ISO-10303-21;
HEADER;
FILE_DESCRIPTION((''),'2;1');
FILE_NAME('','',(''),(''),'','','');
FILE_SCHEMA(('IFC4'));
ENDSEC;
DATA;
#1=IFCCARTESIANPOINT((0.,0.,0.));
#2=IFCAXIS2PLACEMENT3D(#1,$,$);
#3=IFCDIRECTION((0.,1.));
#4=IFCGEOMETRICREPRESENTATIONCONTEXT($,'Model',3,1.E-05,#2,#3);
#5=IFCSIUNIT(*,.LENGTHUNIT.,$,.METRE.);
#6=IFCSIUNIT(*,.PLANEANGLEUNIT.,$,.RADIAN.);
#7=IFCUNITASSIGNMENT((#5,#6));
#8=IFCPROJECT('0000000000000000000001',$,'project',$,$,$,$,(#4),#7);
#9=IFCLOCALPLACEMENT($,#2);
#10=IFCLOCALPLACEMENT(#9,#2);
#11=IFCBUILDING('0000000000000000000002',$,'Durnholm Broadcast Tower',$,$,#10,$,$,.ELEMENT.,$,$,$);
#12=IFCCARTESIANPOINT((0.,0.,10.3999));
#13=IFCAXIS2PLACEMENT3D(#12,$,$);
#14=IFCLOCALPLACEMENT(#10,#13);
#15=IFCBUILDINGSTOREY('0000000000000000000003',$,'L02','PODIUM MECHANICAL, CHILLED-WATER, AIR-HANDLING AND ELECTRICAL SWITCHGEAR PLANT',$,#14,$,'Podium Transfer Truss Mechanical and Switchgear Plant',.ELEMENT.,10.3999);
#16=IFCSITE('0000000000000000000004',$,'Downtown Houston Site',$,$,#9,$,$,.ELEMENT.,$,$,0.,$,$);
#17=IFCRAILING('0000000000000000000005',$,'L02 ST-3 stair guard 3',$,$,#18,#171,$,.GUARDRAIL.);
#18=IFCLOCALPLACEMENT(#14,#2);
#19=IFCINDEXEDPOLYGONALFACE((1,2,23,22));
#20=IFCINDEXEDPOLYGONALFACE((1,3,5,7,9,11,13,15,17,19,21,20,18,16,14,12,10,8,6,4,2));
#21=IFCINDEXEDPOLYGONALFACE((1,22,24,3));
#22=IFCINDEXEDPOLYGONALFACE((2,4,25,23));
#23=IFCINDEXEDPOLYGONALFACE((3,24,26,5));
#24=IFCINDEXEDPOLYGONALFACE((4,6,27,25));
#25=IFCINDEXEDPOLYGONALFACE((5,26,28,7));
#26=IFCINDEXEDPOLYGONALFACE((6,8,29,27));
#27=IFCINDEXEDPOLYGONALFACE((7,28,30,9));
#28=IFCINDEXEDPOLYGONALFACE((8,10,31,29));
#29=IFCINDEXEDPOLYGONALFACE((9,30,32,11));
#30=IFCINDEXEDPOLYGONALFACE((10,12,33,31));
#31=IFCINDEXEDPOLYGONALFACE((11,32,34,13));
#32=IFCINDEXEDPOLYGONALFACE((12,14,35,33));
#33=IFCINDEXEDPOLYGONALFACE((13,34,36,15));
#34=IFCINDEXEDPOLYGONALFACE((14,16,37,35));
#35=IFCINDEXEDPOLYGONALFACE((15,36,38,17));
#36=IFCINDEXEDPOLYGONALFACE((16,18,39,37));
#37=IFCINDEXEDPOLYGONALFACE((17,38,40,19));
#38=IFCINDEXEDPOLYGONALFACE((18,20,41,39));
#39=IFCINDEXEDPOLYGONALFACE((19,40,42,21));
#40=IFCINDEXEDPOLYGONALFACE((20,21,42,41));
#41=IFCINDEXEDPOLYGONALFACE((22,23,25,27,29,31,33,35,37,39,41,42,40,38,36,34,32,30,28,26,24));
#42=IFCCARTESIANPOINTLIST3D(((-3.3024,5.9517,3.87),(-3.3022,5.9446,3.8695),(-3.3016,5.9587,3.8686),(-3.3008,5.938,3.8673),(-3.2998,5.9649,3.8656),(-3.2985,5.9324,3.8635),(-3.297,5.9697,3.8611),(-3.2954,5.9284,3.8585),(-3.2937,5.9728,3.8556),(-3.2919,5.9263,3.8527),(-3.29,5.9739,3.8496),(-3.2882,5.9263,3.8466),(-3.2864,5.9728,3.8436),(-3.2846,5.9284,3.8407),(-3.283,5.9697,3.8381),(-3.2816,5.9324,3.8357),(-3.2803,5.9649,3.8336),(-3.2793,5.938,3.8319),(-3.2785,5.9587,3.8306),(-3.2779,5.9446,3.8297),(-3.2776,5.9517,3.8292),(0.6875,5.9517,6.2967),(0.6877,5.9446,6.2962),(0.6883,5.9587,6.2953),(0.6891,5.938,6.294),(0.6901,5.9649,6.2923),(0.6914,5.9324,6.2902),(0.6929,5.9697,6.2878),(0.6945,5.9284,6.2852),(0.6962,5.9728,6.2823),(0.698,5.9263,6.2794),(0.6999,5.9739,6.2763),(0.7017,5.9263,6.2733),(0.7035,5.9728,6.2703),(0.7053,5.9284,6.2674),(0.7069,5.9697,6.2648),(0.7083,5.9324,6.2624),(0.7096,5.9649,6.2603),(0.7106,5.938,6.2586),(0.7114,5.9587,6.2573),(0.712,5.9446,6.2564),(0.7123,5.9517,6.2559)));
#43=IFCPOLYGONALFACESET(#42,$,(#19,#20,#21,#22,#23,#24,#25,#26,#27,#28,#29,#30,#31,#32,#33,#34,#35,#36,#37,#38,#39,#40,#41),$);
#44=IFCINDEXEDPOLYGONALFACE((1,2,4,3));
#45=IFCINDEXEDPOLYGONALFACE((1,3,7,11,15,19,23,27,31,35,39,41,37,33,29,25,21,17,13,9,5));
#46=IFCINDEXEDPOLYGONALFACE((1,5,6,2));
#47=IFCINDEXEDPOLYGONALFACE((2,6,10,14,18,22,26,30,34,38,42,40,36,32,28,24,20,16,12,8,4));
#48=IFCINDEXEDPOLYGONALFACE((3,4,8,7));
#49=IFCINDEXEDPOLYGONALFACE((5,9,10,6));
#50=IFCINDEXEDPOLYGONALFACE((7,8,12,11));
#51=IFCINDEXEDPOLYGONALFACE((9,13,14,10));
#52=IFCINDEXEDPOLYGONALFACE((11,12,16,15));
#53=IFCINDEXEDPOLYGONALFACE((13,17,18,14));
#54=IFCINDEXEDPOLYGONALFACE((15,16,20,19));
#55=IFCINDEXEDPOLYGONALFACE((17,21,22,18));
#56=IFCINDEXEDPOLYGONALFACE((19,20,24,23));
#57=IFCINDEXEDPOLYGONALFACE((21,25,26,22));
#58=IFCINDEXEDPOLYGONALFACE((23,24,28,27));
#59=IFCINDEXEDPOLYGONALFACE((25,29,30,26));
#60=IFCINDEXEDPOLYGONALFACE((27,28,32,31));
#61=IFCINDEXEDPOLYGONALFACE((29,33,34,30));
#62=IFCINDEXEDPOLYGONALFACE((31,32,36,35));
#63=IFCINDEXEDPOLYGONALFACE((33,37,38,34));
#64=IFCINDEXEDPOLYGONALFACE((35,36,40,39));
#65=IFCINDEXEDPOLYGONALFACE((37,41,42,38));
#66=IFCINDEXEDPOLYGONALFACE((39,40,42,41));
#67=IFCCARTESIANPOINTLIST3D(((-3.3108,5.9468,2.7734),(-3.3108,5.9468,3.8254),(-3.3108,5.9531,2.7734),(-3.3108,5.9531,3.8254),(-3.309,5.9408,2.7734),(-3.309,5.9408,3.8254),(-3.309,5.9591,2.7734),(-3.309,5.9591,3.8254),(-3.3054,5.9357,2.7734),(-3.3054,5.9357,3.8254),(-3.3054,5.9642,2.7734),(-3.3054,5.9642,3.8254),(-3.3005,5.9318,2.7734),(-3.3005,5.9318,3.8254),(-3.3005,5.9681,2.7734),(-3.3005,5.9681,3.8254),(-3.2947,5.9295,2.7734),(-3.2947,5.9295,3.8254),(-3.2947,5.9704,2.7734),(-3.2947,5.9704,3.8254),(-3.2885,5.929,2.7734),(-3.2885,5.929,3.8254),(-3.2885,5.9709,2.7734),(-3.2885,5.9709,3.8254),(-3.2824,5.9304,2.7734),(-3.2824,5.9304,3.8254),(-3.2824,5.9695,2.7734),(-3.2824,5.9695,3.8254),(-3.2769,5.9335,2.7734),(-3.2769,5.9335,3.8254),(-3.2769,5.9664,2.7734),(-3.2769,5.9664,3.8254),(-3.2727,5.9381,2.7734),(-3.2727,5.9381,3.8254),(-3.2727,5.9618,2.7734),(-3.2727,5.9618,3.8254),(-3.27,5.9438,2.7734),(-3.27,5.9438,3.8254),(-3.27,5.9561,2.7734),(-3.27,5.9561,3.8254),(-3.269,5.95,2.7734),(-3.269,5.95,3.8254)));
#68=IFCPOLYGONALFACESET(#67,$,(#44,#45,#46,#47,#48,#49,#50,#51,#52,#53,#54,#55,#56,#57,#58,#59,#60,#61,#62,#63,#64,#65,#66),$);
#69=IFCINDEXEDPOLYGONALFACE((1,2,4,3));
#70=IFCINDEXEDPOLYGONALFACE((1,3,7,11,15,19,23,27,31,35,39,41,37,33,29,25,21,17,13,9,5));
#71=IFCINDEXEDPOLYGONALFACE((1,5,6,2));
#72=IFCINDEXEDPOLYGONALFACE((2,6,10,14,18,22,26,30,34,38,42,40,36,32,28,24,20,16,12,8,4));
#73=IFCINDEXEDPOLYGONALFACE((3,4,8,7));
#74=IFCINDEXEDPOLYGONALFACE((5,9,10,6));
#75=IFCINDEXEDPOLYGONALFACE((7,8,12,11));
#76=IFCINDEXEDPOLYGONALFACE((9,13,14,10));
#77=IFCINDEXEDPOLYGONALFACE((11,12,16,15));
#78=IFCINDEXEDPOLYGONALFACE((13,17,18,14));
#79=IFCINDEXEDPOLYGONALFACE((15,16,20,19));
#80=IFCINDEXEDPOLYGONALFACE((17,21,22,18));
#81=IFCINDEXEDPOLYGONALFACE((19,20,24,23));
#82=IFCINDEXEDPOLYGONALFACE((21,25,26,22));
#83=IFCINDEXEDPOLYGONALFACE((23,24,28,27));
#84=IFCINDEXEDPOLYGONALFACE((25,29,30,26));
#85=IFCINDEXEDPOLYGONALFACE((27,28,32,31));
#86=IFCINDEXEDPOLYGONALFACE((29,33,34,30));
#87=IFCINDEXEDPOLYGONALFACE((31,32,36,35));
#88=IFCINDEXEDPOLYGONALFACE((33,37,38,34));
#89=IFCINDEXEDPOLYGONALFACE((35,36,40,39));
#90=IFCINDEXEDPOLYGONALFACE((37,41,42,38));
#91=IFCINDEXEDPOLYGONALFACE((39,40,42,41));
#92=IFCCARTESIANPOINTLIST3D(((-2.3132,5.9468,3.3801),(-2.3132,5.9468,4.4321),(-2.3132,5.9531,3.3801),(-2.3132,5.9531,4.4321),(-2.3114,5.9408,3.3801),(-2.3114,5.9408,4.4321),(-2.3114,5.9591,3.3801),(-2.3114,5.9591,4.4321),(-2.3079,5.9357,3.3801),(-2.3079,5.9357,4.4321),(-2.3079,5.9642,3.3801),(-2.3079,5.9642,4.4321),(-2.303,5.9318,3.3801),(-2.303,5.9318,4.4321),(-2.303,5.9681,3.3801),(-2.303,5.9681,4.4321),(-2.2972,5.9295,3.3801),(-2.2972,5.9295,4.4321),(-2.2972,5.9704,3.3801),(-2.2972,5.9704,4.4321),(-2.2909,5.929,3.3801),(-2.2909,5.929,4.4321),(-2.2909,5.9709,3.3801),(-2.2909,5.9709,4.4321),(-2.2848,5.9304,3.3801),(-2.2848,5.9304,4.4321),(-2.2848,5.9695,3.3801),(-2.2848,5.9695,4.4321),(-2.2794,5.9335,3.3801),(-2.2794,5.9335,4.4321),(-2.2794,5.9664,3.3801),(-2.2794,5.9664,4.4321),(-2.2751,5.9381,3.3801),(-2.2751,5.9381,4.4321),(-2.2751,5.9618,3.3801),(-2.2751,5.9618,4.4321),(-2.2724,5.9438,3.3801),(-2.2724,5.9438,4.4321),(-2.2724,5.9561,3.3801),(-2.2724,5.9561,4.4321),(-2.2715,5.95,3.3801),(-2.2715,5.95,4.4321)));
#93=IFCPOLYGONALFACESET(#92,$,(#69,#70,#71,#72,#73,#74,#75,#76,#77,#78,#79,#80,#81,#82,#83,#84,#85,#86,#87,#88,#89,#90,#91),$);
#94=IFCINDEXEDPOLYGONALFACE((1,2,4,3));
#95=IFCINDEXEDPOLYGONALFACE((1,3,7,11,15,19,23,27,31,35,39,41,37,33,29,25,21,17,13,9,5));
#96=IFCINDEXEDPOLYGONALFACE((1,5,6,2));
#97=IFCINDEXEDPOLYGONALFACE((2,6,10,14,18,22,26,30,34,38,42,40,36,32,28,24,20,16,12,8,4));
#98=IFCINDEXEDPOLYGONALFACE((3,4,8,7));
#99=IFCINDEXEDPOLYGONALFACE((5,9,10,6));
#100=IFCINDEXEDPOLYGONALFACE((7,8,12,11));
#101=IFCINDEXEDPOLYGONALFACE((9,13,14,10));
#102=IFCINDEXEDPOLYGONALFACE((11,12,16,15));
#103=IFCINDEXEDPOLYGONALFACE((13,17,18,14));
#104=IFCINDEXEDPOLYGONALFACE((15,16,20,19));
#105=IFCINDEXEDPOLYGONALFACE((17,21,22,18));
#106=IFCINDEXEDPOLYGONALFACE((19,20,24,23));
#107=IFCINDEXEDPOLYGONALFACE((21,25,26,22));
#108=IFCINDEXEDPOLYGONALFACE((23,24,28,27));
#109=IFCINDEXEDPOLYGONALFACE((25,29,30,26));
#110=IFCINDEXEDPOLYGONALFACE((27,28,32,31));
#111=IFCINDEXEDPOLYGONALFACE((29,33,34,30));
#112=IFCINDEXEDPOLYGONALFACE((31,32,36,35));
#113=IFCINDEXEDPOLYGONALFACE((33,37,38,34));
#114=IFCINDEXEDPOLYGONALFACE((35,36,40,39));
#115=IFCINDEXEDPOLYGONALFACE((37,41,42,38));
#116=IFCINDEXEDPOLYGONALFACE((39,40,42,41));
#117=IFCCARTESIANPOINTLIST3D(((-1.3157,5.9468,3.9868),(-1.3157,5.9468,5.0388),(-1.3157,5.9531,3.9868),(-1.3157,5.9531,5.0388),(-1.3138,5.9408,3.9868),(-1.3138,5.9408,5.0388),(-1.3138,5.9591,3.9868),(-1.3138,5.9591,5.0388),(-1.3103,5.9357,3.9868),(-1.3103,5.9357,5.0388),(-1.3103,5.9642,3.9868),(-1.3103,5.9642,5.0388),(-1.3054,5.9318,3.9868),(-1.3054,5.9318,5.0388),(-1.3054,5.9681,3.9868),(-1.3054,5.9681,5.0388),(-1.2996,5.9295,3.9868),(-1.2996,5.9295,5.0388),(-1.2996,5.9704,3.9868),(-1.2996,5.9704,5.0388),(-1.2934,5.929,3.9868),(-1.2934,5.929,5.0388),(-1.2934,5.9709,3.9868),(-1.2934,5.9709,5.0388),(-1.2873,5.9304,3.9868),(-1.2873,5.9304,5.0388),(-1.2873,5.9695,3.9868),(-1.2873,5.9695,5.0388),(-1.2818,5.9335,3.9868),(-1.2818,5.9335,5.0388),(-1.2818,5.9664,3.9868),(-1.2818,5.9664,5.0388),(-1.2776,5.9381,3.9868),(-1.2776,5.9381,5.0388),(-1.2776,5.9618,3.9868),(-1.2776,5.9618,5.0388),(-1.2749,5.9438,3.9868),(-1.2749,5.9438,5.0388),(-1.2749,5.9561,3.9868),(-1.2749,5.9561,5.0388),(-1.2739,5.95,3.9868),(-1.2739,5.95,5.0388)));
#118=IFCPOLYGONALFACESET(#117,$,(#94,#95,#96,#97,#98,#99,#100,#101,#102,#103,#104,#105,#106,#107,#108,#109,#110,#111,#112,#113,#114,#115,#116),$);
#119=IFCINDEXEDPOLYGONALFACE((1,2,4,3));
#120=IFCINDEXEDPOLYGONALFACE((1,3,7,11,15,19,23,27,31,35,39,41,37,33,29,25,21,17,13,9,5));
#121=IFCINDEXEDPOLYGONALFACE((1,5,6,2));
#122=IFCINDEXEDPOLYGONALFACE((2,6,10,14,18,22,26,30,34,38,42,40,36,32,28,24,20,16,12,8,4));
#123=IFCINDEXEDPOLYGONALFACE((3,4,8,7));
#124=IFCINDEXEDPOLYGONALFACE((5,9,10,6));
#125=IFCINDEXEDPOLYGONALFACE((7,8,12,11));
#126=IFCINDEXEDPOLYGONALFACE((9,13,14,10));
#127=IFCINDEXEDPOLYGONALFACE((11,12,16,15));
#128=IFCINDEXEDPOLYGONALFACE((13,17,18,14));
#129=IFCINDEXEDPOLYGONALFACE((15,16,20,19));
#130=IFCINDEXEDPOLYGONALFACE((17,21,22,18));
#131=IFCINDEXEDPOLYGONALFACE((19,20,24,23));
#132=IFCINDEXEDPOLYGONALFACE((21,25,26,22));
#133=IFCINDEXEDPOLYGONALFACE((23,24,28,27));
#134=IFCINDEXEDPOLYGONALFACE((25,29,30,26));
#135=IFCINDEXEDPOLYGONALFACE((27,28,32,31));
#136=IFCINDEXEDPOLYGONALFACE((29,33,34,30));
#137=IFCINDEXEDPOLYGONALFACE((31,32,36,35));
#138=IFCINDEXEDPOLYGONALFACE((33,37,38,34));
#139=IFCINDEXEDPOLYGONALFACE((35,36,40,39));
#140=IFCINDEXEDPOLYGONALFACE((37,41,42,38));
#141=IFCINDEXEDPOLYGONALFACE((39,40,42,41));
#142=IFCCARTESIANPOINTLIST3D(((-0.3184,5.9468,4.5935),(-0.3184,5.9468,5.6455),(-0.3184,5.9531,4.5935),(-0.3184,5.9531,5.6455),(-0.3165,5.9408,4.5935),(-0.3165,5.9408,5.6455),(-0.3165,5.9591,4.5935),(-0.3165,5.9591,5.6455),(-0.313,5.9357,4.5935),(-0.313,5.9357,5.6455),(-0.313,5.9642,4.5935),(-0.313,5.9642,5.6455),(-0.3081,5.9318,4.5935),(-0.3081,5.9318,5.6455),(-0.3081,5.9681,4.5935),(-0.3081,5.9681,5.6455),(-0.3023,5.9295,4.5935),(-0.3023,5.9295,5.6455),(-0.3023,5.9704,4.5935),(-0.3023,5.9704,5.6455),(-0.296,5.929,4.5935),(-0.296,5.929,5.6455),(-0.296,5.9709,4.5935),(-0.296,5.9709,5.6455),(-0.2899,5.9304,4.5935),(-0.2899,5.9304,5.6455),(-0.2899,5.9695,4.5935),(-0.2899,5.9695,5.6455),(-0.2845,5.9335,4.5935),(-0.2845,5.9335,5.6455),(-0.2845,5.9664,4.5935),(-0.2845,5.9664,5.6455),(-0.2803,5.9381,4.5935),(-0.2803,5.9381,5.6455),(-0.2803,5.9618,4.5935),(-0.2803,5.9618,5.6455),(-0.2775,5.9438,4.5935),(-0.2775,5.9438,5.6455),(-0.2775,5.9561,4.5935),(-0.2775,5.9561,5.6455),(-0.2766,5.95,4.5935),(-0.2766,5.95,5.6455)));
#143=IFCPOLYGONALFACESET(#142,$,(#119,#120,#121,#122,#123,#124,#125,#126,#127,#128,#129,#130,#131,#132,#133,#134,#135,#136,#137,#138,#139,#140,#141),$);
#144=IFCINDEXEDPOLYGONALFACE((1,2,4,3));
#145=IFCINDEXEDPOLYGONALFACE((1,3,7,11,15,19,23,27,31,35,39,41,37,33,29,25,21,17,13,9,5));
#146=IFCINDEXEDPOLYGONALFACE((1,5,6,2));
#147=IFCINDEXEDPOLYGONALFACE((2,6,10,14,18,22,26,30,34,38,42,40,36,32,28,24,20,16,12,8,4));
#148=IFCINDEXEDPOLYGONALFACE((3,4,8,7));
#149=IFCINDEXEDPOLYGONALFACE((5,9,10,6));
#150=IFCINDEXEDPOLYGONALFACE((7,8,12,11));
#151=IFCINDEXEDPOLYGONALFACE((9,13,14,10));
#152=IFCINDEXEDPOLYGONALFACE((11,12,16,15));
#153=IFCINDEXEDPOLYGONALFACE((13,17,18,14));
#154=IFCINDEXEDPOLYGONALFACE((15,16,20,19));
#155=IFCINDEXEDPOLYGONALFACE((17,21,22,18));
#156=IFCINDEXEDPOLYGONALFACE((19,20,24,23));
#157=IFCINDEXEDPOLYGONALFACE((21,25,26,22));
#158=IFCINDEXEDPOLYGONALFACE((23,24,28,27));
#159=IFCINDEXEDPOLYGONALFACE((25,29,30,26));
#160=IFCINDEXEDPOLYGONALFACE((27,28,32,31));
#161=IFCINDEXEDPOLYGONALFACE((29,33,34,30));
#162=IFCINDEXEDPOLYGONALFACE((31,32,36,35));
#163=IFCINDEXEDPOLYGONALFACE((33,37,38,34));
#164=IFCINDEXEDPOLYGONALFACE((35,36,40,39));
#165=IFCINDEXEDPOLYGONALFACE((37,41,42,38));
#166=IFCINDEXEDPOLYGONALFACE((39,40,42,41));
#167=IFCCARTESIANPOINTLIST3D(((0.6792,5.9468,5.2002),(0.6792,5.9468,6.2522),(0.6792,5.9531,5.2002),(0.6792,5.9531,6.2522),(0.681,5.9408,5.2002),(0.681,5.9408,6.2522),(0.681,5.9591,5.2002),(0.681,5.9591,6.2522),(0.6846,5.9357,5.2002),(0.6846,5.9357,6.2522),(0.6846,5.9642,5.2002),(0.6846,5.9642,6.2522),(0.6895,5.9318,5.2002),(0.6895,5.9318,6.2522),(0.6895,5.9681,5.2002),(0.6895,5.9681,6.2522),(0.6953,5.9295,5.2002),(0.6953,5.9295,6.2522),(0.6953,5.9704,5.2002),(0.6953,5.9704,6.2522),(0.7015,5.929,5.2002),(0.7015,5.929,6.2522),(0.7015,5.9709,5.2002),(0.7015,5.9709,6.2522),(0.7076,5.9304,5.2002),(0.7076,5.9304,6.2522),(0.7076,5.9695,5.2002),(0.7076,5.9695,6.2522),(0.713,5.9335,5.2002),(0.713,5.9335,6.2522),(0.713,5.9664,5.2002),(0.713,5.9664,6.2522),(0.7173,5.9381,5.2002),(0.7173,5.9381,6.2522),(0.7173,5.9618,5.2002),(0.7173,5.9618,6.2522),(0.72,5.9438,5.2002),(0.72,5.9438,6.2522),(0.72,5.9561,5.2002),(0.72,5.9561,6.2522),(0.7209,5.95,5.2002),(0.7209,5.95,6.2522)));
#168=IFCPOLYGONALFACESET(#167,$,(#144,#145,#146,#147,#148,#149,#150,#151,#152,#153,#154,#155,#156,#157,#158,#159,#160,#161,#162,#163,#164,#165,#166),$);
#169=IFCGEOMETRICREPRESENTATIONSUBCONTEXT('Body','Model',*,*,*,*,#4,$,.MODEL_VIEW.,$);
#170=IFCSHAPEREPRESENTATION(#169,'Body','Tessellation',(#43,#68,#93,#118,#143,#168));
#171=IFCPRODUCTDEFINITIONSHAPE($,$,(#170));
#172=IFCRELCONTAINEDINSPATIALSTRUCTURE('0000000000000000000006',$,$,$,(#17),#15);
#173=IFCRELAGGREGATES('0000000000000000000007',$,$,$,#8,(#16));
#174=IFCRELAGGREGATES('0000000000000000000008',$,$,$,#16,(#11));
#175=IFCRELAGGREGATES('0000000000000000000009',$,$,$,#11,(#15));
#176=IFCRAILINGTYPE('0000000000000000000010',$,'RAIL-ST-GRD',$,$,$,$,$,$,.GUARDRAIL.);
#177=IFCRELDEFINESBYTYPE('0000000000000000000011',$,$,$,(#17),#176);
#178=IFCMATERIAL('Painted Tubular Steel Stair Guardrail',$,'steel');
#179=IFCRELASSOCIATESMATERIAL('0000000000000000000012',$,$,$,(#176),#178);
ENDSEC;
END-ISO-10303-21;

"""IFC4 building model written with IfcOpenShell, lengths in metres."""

from ifc_helpers import new_model, si_unit, direction, frame, origin, origin_2d, place, context, subcontext, project, spatial, circle, extrude, material, type_object, element, save


model = new_model("IFC4")

# Units and contexts
model_context = context("Model", 3, precision=1e-05, world=origin(), true_north=direction((0.0, 1.0)))
body_context = subcontext(model_context, "Body", "Model", "MODEL_VIEW")
ifc_project = project(units=[si_unit("LENGTHUNIT", "METRE"), si_unit("PLANEANGLEUNIT", "RADIAN")], contexts=[model_context])

# Site, building, storey
site_placement = place(None, origin())
site = spatial("IfcSite", under=ifc_project, at=site_placement, Name="Downtown Houston Site", CompositionType="ELEMENT", RefElevation=0.0)
building_placement = place(site_placement, origin())
building = spatial("IfcBuilding", under=site, at=building_placement, Name="Durnholm Broadcast Tower", CompositionType="ELEMENT")
storey_placement = place(building_placement, frame((0.0, 0.0, 10.3999)))
storey = spatial("IfcBuildingStorey", under=building, at=storey_placement, Name="L02", Description="PODIUM MECHANICAL, CHILLED-WATER, AIR-HANDLING AND ELECTRICAL SWITCHGEAR PLANT", LongName="Podium Transfer Truss Mechanical and Switchgear Plant", CompositionType="ELEMENT", Elevation=10.3999)

# Railing
ifc_material_1 = material(Name="Painted Tubular Steel Stair Guardrail", Category="steel")
railing_type_1 = type_object("IfcRailingType", Name="RAIL-ST-GRD", PredefinedType="GUARDRAIL", material=ifc_material_1)
railing_1_placement = place(storey_placement, frame((-3.29, 5.95, 2.7734)))
element("IfcRailing", 1, at=railing_1_placement, inside=storey, type_object=railing_type_1, Name="L02 ST-3 stair guard 3", PredefinedType="GUARDRAIL", context=body_context, shape_type="SweptSolid", body=[
    extrude(circle(Radius=0.0239, at=origin_2d()), frame((0.0, 0.0, 1.0762), z_axis=(0.854382, 0.0, 0.519645), x_axis=(0.0, 1.0, 0.0)), (0.0, 0.0, 1.0), 4.6699),
    extrude(circle(Radius=0.021, at=origin_2d()), origin(), (0.0, 0.0, 1.0), 1.052),
    extrude(circle(Radius=0.021, at=origin_2d()), frame((0.9976, 0.0, 0.6067)), (0.0, 0.0, 1.0), 1.052),
    extrude(circle(Radius=0.021, at=origin_2d()), frame((1.9951, 0.0, 1.2134)), (0.0, 0.0, 1.0), 1.052),
    extrude(circle(Radius=0.021, at=origin_2d()), frame((2.9924, 0.0, 1.8201)), (0.0, 0.0, 1.0), 1.052),
    extrude(circle(Radius=0.021, at=origin_2d()), frame((3.99, 0.0, 2.4268)), (0.0, 0.0, 1.0), 1.052),
])

save(model, "model.ifc")
